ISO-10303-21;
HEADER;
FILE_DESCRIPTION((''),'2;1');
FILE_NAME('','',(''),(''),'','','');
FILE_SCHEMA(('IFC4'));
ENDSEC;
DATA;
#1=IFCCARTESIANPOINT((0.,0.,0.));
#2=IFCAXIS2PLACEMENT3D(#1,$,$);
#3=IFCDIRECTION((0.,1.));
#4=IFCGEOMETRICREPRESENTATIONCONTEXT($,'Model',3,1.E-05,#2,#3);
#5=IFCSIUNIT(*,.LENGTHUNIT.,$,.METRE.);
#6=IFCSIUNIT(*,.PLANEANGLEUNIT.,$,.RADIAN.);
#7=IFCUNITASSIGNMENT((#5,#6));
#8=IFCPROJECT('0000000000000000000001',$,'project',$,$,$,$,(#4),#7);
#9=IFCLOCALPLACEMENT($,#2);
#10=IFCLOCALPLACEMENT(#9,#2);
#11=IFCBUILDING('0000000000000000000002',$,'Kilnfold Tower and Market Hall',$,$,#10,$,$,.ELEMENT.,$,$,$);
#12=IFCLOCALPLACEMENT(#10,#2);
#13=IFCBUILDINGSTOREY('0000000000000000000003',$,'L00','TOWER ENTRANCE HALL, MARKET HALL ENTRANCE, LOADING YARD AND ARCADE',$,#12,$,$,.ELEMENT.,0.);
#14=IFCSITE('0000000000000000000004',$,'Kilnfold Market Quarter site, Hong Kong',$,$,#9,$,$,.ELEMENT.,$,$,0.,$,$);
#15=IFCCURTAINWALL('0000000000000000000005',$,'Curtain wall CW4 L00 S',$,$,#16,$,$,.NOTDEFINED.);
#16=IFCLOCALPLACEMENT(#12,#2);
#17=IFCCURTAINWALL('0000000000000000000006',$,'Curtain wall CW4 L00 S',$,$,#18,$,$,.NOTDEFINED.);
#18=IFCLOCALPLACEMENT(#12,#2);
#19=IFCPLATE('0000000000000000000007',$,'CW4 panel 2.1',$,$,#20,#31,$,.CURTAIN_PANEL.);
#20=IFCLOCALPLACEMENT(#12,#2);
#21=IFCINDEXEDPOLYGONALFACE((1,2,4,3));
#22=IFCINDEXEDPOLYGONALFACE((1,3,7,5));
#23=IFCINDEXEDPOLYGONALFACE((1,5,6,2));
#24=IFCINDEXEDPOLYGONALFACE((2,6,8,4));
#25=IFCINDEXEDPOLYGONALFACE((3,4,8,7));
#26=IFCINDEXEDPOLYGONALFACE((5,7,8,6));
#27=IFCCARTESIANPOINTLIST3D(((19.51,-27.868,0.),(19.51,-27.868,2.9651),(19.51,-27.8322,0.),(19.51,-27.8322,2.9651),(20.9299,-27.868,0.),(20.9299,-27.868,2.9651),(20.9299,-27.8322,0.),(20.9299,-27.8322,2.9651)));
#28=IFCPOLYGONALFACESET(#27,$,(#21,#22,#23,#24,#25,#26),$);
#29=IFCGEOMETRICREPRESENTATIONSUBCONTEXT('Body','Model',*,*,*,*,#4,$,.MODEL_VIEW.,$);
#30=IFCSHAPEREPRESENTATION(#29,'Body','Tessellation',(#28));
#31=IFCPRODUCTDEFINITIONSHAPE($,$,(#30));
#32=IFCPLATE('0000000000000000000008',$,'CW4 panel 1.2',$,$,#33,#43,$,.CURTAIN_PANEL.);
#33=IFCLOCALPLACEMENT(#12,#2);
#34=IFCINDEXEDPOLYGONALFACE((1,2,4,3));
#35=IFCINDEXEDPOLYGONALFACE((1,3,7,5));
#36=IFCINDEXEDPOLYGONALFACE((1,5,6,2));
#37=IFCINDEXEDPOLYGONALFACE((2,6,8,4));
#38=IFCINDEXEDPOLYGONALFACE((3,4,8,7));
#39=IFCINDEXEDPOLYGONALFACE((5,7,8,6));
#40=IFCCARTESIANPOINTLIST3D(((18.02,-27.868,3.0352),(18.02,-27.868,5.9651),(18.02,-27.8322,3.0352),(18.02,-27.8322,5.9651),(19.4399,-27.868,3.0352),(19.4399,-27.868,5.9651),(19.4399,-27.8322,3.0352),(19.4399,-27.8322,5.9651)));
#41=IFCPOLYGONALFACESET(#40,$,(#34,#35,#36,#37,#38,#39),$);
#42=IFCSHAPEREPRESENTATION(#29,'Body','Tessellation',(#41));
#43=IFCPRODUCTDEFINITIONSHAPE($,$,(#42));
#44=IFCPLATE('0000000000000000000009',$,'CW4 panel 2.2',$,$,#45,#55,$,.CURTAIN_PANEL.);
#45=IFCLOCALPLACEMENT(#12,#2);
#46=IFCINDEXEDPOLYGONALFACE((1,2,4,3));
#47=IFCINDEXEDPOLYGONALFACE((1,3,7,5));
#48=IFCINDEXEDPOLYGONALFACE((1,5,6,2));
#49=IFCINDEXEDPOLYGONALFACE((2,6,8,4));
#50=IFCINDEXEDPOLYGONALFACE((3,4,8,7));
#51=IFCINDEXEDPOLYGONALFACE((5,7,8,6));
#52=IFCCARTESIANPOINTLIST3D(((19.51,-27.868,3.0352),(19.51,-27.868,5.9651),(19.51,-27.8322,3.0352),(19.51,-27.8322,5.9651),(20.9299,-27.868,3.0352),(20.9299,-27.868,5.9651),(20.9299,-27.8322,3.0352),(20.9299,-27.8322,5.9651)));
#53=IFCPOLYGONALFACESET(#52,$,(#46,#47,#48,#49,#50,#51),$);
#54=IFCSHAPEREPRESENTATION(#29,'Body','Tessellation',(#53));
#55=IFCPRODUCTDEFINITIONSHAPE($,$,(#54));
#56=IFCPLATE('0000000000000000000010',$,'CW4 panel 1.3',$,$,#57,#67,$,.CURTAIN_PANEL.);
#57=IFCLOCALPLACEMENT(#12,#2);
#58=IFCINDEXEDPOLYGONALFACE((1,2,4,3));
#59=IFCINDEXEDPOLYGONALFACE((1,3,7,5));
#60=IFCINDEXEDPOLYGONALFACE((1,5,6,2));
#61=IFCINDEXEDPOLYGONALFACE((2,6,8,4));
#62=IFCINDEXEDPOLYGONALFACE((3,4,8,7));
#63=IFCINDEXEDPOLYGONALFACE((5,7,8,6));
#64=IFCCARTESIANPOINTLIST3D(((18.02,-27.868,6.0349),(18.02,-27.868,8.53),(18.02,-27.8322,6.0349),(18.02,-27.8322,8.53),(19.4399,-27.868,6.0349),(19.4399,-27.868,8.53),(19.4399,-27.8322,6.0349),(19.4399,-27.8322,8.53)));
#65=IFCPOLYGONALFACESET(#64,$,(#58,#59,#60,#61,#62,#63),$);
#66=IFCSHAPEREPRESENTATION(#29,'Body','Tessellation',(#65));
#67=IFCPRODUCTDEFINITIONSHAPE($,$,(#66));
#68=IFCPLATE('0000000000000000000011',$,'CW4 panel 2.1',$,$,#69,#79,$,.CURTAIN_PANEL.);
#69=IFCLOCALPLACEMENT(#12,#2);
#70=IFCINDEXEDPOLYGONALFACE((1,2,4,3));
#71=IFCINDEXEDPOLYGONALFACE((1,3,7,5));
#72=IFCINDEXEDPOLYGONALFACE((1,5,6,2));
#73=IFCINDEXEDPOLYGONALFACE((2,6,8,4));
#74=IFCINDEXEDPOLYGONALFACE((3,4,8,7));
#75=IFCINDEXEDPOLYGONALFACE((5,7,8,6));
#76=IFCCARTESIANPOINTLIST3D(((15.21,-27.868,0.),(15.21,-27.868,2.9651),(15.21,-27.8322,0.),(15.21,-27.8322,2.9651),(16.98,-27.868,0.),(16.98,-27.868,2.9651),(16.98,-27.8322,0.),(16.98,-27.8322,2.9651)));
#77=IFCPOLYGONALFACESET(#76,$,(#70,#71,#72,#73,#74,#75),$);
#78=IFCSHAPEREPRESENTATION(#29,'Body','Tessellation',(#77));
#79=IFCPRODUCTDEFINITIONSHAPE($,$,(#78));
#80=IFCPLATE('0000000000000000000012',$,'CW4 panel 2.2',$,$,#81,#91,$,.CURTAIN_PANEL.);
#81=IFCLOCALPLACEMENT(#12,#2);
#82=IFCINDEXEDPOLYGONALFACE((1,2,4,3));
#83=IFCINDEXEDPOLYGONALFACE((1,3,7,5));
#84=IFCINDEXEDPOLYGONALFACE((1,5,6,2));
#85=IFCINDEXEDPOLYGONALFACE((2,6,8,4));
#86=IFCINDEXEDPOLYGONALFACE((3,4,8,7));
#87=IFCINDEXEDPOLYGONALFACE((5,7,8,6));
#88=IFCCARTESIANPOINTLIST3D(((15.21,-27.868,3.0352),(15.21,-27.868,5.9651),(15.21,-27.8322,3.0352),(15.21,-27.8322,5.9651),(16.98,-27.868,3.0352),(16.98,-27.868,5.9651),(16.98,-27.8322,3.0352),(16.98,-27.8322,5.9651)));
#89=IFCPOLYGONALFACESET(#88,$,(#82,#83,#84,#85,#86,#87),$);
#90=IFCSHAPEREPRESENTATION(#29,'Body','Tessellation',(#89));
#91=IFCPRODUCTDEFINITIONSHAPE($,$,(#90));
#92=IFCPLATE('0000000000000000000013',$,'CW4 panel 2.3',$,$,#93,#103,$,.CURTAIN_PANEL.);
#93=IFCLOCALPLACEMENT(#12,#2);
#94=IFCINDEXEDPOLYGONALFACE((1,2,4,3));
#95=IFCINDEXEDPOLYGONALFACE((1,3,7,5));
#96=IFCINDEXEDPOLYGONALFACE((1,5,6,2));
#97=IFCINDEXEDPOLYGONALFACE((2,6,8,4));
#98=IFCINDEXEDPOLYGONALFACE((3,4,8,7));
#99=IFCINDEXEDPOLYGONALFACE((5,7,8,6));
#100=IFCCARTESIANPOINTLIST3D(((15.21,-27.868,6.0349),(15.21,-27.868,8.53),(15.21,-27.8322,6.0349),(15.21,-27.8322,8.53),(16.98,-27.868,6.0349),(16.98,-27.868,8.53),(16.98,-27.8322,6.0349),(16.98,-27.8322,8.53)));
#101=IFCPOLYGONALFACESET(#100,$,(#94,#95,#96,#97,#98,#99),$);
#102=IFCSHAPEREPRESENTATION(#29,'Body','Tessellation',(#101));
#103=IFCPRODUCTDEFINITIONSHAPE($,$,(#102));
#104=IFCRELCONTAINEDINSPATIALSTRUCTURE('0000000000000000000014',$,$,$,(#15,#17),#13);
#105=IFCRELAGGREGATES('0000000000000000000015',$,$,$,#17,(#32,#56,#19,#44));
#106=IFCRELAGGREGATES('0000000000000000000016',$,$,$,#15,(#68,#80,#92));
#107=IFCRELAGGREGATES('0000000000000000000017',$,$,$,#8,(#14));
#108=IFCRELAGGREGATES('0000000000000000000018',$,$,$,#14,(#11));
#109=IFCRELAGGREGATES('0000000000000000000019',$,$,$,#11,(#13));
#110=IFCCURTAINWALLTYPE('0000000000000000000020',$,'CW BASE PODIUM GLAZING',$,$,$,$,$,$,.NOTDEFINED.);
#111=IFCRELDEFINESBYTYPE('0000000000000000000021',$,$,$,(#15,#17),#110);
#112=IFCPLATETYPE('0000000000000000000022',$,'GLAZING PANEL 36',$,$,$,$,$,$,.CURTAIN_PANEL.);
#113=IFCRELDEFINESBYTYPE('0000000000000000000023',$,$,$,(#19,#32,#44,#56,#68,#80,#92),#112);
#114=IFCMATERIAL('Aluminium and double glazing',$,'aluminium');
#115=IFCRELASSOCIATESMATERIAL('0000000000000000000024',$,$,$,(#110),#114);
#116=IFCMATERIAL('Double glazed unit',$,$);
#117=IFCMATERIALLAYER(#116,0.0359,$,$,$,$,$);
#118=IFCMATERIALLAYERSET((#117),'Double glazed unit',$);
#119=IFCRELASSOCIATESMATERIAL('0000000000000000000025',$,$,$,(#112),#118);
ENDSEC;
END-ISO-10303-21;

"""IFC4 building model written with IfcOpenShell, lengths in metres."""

from ifc_helpers import new_model, si_unit, direction, frame, origin, origin_2d, place, context, subcontext, project, spatial, rectangle, extrude, source, transform, mapped, material, layer, layer_set, type_object, element, aggregate, save


model = new_model("IFC4")

# Units and contexts
model_context = context("Model", 3, precision=1e-05, world=origin(), true_north=direction((0.0, 1.0)))
body_context = subcontext(model_context, "Body", "Model", "MODEL_VIEW")
ifc_project = project(units=[si_unit("LENGTHUNIT", "METRE"), si_unit("PLANEANGLEUNIT", "RADIAN")], contexts=[model_context])

# Site, building, storey
site_placement = place(None, origin())
site = spatial("IfcSite", under=ifc_project, at=site_placement, Name="Kilnfold Market Quarter site, Hong Kong", CompositionType="ELEMENT", RefElevation=0.0)
building_placement = place(site_placement, origin())
building = spatial("IfcBuilding", under=site, at=building_placement, Name="Kilnfold Tower and Market Hall", CompositionType="ELEMENT")
storey_placement = place(building_placement, origin())
storey = spatial("IfcBuildingStorey", under=building, at=storey_placement, Name="L00", Description="TOWER ENTRANCE HALL, MARKET HALL ENTRANCE, LOADING YARD AND ARCADE", CompositionType="ELEMENT", Elevation=0.0)

# Curtain walls
ifc_material_1 = material(Name="Aluminium and double glazing", Category="aluminium")
curtain_wall_type = type_object("IfcCurtainWallType", Name="CW BASE PODIUM GLAZING", PredefinedType="NOTDEFINED", material=ifc_material_1)
curtain_wall_1_placement = place(storey_placement, origin())
curtain_wall_1 = element("IfcCurtainWall", 1, at=curtain_wall_1_placement, inside=storey, type_object=curtain_wall_type, Name="Curtain wall CW4 L00 S", PredefinedType="NOTDEFINED")
curtain_wall_2_placement = place(storey_placement, origin())
curtain_wall_2 = element("IfcCurtainWall", 2, at=curtain_wall_2_placement, inside=storey, type_object=curtain_wall_type, Name="Curtain wall CW4 L00 S", PredefinedType="NOTDEFINED")

# Plates
ifc_material_2 = material(Name="Double glazed unit")
ifc_layer = layer(ifc_material_2, 0.0359)
ifc_layer_set = layer_set([ifc_layer], Name="Double glazed unit")
plate_type = type_object("IfcPlateType", Name="GLAZING PANEL 36", PredefinedType="CURTAIN_PANEL", material=ifc_layer_set)
shared_shape_1 = source(origin(), body_context, "Body", "SweptSolid", [
    extrude(rectangle(XDim=1.4199, YDim=0.0359, at=origin_2d()), origin(), (0.0, 0.0, 1.0), 2.9651),
])
plate_1_placement = place(storey_placement, frame((20.22, -27.8501, 0.0), z_axis=(0.0, 0.0, 1.0), x_axis=(1.0, 0.0, 0.0)))
plate_1 = element("IfcPlate", 3, at=plate_1_placement, type_object=plate_type, Name="CW4 panel 2.1", PredefinedType="CURTAIN_PANEL", context=body_context, shape_type="MappedRepresentation", body=[
    mapped(shared_shape_1, transform((0.0, 0.0, 0.0))),
])
shared_shape_2 = source(origin(), body_context, "Body", "SweptSolid", [
    extrude(rectangle(XDim=1.4199, YDim=0.0359, at=origin_2d()), origin(), (0.0, 0.0, 1.0), 2.9299),
])
plate_2_placement = place(storey_placement, frame((18.73, -27.8501, 3.0352), z_axis=(0.0, 0.0, 1.0), x_axis=(1.0, 0.0, 0.0)))
plate_2 = element("IfcPlate", 4, at=plate_2_placement, type_object=plate_type, Name="CW4 panel 1.2", PredefinedType="CURTAIN_PANEL", context=body_context, shape_type="MappedRepresentation", body=[
    mapped(shared_shape_2, transform((0.0, 0.0, 0.0))),
])
plate_3_placement = place(storey_placement, frame((20.22, -27.8501, 3.0352), z_axis=(0.0, 0.0, 1.0), x_axis=(1.0, 0.0, 0.0)))
plate_3 = element("IfcPlate", 5, at=plate_3_placement, type_object=plate_type, Name="CW4 panel 2.2", PredefinedType="CURTAIN_PANEL", context=body_context, shape_type="MappedRepresentation", body=[
    mapped(shared_shape_2, transform((0.0, 0.0, 0.0))),
])
shared_shape_3 = source(origin(), body_context, "Body", "SweptSolid", [
    extrude(rectangle(XDim=1.4199, YDim=0.0359, at=origin_2d()), origin(), (0.0, 0.0, 1.0), 2.4951),
])
plate_4_placement = place(storey_placement, frame((18.73, -27.8501, 6.0349), z_axis=(0.0, 0.0, 1.0), x_axis=(1.0, 0.0, 0.0)))
plate_4 = element("IfcPlate", 6, at=plate_4_placement, type_object=plate_type, Name="CW4 panel 1.3", PredefinedType="CURTAIN_PANEL", context=body_context, shape_type="MappedRepresentation", body=[
    mapped(shared_shape_3, transform((0.0, 0.0, 0.0))),
])
aggregate(curtain_wall_2, [plate_2, plate_4, plate_1, plate_3])
shared_shape_4 = source(origin(), body_context, "Body", "SweptSolid", [
    extrude(rectangle(XDim=1.77, YDim=0.0359, at=origin_2d()), origin(), (0.0, 0.0, 1.0), 2.9651),
])
plate_5_placement = place(storey_placement, frame((16.095, -27.8501, 0.0), z_axis=(0.0, 0.0, 1.0), x_axis=(1.0, 0.0, 0.0)))
plate_5 = element("IfcPlate", 7, at=plate_5_placement, type_object=plate_type, Name="CW4 panel 2.1", PredefinedType="CURTAIN_PANEL", context=body_context, shape_type="MappedRepresentation", body=[
    mapped(shared_shape_4, transform((0.0, 0.0, 0.0))),
])
shared_shape_5 = source(origin(), body_context, "Body", "SweptSolid", [
    extrude(rectangle(XDim=1.77, YDim=0.0359, at=origin_2d()), origin(), (0.0, 0.0, 1.0), 2.9299),
])
plate_6_placement = place(storey_placement, frame((16.095, -27.8501, 3.0352), z_axis=(0.0, 0.0, 1.0), x_axis=(1.0, 0.0, 0.0)))
plate_6 = element("IfcPlate", 8, at=plate_6_placement, type_object=plate_type, Name="CW4 panel 2.2", PredefinedType="CURTAIN_PANEL", context=body_context, shape_type="MappedRepresentation", body=[
    mapped(shared_shape_5, transform((0.0, 0.0, 0.0))),
])
shared_shape_6 = source(origin(), body_context, "Body", "SweptSolid", [
    extrude(rectangle(XDim=1.77, YDim=0.0359, at=origin_2d()), origin(), (0.0, 0.0, 1.0), 2.4951),
])
plate_7_placement = place(storey_placement, frame((16.095, -27.8501, 6.0349), z_axis=(0.0, 0.0, 1.0), x_axis=(1.0, 0.0, 0.0)))
plate_7 = element("IfcPlate", 9, at=plate_7_placement, type_object=plate_type, Name="CW4 panel 2.3", PredefinedType="CURTAIN_PANEL", context=body_context, shape_type="MappedRepresentation", body=[
    mapped(shared_shape_6, transform((0.0, 0.0, 0.0))),
])
aggregate(curtain_wall_1, [plate_5, plate_6, plate_7])

save(model, "model.ifc")
